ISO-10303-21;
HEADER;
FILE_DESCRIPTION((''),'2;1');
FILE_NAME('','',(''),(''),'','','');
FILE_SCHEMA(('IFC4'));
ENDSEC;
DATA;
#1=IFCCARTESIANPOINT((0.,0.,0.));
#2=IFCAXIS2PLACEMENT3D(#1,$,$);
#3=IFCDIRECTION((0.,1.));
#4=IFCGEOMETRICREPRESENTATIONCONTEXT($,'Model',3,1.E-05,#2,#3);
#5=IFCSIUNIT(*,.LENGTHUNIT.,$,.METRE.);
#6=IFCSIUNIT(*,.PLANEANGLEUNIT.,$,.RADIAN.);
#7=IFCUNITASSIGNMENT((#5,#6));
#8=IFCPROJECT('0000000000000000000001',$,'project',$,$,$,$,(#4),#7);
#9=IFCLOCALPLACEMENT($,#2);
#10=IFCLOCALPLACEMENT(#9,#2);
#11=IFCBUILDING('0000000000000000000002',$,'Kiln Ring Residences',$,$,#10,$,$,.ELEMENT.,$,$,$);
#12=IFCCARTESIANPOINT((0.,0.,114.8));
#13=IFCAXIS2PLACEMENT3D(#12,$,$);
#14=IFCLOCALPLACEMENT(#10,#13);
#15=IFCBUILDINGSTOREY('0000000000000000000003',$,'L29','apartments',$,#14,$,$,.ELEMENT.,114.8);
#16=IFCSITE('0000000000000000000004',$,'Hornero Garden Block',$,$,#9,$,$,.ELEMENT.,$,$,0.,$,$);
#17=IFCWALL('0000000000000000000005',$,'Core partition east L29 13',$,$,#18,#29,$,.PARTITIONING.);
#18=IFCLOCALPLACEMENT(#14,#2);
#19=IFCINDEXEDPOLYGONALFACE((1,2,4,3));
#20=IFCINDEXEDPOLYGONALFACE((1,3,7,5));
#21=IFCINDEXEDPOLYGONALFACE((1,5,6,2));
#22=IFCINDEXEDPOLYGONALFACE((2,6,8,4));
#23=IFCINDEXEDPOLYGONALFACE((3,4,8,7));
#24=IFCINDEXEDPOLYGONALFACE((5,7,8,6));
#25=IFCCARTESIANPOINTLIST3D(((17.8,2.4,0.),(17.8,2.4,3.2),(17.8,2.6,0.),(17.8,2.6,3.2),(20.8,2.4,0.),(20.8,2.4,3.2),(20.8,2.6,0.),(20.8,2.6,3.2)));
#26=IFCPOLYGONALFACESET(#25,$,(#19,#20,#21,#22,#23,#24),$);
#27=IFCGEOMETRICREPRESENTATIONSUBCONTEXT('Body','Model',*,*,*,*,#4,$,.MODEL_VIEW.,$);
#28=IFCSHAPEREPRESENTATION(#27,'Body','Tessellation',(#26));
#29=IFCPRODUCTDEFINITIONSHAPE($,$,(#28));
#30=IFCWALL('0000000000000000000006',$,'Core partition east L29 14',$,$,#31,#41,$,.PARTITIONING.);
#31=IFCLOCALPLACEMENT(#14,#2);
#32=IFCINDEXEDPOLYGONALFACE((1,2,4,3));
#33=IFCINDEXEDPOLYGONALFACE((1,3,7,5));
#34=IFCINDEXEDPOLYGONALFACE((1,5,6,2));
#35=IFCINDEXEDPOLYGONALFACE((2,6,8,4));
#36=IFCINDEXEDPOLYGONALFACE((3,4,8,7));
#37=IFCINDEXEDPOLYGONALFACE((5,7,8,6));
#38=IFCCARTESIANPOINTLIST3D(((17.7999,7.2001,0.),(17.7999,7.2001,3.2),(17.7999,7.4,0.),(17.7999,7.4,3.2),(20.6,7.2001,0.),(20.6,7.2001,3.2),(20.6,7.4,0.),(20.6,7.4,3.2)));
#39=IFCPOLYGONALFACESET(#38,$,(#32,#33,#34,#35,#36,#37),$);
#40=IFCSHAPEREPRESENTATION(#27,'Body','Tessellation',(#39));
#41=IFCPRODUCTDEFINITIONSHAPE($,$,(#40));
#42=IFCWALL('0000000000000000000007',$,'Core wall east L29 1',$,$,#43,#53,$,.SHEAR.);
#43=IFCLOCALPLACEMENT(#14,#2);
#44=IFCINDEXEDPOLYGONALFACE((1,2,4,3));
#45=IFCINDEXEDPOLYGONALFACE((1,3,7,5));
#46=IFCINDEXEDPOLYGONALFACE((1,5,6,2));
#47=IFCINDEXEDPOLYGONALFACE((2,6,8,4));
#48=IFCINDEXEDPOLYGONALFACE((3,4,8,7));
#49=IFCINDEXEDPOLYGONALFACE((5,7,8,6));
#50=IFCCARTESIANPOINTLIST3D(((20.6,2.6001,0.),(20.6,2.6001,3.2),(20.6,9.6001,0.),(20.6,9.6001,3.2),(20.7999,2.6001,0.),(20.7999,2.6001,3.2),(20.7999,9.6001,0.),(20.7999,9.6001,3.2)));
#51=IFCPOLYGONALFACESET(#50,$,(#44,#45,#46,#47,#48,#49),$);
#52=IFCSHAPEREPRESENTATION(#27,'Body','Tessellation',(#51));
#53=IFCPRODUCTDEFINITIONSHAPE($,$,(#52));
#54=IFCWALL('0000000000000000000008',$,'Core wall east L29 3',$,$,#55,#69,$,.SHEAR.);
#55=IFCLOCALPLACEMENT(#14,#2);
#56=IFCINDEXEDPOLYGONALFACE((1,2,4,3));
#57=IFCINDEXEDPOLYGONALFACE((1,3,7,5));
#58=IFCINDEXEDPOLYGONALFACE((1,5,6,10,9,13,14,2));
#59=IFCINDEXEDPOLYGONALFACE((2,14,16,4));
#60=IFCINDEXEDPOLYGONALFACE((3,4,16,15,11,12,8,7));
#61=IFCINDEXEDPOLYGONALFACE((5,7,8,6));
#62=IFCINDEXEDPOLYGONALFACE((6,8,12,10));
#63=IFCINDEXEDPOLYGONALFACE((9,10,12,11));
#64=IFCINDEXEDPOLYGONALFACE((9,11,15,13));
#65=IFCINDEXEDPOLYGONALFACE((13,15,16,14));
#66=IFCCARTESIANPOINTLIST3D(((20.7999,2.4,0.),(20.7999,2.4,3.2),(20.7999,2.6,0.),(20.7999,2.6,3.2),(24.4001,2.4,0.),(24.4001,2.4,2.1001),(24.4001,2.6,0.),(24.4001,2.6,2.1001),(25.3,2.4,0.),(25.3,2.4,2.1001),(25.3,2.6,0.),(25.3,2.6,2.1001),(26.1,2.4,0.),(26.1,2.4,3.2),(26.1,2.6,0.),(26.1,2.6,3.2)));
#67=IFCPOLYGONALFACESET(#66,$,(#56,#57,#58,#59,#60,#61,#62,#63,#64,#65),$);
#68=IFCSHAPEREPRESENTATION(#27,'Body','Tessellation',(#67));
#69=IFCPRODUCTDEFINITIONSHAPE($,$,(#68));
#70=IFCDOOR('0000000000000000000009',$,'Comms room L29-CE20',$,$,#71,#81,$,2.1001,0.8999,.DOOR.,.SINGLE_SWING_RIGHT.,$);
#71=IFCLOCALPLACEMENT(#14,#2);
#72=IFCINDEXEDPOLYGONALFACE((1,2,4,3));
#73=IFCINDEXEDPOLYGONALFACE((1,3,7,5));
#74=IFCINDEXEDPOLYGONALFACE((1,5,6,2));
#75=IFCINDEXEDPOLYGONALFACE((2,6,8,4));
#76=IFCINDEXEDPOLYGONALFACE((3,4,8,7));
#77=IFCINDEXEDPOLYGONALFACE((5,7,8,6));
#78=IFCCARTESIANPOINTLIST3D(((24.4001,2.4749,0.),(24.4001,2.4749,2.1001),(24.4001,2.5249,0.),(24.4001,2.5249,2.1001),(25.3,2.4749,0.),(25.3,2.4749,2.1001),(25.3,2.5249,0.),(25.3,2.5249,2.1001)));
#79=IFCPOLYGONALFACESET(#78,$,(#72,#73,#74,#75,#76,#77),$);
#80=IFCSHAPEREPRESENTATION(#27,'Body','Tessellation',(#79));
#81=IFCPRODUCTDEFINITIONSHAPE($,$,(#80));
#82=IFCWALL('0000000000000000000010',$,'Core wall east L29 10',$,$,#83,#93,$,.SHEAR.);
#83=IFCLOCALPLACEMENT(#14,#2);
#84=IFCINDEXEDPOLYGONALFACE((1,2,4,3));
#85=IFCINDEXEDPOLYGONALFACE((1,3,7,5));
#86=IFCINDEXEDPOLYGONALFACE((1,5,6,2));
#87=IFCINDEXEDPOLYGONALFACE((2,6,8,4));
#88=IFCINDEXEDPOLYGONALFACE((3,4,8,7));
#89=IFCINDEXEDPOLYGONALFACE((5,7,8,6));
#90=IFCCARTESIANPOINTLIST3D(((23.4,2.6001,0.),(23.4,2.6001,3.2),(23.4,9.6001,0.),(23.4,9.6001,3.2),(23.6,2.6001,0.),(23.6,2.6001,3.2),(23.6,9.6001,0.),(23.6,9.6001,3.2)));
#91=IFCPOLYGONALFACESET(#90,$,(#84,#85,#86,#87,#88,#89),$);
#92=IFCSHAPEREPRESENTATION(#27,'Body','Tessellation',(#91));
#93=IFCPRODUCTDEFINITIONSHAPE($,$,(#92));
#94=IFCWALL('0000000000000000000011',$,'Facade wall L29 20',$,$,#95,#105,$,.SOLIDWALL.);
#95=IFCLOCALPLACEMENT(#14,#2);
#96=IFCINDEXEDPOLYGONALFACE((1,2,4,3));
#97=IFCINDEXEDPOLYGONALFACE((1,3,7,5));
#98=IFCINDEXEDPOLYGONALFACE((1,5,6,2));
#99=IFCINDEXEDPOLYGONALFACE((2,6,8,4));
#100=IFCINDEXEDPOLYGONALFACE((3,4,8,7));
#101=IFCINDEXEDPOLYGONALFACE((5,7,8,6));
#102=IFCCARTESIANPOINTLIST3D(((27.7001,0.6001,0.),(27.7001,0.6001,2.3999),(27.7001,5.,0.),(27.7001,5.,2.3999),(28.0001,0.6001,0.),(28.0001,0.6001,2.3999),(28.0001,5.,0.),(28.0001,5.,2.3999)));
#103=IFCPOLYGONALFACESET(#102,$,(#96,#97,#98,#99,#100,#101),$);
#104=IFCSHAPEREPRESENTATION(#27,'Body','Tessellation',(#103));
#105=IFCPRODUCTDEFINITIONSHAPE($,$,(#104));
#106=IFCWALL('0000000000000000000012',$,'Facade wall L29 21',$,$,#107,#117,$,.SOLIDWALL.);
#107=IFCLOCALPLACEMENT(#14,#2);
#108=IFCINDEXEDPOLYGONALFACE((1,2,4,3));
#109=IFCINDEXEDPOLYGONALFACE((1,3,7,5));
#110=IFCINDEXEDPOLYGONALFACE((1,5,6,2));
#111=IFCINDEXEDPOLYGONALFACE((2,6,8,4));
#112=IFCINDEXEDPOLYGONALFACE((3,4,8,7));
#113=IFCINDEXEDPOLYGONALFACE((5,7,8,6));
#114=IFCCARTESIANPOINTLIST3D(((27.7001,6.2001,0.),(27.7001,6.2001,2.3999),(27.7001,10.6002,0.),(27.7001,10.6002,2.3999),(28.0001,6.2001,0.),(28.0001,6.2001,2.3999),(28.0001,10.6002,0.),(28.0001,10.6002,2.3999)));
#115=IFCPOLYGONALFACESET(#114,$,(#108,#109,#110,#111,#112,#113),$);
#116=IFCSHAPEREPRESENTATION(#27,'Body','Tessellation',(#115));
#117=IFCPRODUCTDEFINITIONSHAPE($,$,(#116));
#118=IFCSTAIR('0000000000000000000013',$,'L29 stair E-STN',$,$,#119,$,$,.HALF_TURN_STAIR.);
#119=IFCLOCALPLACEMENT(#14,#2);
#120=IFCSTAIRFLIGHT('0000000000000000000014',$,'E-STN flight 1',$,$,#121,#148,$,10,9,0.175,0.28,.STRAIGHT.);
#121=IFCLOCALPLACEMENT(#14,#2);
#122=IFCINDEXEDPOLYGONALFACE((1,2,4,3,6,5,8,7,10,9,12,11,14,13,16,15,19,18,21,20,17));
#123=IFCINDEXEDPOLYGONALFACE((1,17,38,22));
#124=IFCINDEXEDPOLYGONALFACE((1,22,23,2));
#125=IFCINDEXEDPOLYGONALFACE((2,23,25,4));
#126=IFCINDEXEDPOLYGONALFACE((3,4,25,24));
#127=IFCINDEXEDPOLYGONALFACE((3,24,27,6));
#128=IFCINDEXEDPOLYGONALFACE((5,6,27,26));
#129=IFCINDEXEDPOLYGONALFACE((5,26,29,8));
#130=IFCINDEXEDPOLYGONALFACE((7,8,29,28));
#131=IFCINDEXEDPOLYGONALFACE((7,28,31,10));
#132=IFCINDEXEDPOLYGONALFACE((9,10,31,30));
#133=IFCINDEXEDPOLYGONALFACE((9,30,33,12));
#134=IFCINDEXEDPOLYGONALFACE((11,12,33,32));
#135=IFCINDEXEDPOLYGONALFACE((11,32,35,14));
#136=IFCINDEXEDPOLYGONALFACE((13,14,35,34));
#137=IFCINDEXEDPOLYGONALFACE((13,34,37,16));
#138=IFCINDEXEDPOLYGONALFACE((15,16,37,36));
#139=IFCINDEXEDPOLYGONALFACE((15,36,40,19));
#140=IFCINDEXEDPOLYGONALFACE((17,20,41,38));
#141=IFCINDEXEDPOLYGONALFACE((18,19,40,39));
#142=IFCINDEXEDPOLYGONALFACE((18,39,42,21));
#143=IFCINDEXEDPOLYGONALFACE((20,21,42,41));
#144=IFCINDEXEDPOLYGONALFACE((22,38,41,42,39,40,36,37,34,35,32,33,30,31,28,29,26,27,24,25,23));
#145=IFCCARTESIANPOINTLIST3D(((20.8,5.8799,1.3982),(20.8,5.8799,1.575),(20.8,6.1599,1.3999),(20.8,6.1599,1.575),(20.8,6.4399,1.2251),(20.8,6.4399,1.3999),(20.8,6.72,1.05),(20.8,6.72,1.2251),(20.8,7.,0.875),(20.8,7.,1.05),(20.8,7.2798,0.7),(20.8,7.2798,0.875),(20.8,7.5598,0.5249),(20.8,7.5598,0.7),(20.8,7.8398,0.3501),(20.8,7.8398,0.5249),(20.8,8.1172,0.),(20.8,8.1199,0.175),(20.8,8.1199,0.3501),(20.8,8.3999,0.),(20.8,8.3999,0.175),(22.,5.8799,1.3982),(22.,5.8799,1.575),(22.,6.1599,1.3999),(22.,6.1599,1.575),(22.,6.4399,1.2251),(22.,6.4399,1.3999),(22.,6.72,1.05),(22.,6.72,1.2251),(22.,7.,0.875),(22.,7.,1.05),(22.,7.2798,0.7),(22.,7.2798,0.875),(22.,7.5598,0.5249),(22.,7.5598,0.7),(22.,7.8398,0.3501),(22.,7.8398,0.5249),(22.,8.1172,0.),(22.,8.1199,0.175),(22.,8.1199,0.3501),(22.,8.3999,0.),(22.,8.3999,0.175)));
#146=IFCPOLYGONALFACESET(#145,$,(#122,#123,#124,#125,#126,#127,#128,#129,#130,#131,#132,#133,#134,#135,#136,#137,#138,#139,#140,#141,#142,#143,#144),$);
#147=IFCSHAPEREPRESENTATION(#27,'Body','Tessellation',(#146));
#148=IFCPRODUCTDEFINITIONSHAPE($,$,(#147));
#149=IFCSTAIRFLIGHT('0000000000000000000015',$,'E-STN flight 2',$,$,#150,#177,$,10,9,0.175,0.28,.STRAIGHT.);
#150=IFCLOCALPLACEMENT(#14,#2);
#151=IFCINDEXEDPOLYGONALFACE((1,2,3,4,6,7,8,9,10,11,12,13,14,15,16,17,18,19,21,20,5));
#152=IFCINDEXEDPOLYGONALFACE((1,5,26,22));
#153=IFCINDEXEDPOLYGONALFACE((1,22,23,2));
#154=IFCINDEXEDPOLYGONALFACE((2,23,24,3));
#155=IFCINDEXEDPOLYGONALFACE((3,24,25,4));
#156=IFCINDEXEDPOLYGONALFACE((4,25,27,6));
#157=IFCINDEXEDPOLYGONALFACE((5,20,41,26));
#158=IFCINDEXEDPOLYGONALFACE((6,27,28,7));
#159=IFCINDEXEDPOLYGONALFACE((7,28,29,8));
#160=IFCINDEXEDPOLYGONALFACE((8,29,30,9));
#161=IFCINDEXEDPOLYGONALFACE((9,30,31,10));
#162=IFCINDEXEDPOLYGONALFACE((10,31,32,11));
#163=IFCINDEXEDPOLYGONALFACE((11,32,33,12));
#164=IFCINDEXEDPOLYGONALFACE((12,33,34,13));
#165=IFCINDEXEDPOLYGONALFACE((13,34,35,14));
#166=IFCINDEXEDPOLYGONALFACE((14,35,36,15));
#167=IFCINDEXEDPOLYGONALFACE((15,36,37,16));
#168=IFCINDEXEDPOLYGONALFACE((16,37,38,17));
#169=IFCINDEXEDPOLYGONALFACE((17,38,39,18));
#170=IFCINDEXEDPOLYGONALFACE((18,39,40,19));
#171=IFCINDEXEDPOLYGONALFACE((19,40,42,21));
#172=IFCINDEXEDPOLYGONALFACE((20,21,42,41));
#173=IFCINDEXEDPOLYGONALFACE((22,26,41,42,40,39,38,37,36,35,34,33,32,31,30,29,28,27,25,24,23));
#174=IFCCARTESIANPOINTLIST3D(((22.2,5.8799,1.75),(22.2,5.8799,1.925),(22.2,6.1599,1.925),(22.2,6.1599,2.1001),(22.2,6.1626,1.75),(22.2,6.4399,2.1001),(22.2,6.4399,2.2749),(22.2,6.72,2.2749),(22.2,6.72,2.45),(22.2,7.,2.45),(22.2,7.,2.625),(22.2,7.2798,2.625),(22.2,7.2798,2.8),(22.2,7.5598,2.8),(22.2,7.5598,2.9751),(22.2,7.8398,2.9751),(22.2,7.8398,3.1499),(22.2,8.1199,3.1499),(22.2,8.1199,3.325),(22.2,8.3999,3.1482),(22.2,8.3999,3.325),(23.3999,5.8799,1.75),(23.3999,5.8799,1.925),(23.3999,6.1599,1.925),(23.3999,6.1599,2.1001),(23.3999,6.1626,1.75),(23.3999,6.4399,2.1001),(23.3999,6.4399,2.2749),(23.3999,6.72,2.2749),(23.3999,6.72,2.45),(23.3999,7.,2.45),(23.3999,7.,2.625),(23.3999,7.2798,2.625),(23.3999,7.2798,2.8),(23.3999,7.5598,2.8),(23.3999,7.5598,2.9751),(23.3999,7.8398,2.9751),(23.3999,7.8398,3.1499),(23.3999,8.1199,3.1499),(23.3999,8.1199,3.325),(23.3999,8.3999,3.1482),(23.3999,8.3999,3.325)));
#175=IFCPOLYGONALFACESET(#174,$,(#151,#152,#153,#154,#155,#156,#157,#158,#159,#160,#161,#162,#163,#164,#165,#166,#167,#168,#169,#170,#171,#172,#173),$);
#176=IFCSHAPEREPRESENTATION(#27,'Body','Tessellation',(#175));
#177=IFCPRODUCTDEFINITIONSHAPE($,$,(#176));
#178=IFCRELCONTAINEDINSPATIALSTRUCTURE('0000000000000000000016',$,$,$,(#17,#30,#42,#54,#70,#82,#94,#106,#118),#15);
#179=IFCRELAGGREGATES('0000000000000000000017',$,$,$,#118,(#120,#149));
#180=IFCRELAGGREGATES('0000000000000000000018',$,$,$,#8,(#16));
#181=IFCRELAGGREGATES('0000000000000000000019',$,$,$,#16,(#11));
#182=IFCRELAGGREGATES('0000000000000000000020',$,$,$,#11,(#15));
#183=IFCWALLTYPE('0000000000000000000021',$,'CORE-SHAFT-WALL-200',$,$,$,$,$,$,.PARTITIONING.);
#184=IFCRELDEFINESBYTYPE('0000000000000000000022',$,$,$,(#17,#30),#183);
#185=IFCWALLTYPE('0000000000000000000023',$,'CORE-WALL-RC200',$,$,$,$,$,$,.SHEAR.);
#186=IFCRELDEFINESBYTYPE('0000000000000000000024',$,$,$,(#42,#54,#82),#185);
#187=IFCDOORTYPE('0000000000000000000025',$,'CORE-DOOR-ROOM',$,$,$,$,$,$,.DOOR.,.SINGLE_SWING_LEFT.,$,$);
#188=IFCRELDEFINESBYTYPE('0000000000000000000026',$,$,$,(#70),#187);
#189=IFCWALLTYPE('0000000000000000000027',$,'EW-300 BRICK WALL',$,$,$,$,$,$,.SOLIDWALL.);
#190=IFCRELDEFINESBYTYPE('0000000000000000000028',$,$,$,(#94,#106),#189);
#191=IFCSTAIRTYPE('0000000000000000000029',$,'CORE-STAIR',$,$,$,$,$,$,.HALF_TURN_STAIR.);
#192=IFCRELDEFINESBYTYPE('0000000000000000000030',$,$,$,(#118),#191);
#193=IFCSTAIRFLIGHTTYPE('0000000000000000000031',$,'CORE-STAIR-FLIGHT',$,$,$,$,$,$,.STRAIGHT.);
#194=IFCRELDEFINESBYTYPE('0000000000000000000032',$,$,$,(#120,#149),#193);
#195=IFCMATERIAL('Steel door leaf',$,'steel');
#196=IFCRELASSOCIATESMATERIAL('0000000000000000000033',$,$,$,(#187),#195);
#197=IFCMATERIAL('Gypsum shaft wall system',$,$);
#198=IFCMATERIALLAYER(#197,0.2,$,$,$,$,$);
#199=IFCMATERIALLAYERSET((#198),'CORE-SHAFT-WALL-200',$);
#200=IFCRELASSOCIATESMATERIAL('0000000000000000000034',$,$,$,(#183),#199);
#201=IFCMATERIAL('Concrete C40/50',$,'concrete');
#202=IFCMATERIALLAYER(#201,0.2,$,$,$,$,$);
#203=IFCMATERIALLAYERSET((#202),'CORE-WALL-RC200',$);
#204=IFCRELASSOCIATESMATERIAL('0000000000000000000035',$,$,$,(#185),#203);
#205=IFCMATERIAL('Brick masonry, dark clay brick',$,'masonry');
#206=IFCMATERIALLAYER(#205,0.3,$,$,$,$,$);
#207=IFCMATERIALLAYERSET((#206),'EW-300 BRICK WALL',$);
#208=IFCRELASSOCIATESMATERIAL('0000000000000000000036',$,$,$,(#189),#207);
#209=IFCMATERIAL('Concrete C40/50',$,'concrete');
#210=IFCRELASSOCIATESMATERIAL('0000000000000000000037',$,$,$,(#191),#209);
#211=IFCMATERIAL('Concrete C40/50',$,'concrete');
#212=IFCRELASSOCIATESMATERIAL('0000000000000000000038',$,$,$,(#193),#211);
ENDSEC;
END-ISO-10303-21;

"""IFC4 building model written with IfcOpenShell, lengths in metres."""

from ifc_helpers import new_model, si_unit, direction, frame, frame_2d, origin, place, context, subcontext, project, spatial, polyline, rectangle, outline, extrude, material, layer, layer_set, type_object, element, fill, aggregate, save


model = new_model("IFC4")

# Units and contexts
model_context = context("Model", 3, precision=1e-05, world=origin(), true_north=direction((0.0, 1.0)))
body_context = subcontext(model_context, "Body", "Model", "MODEL_VIEW")
ifc_project = project(units=[si_unit("LENGTHUNIT", "METRE"), si_unit("PLANEANGLEUNIT", "RADIAN")], contexts=[model_context])

# Site, building, storey
site_placement = place(None, origin())
site = spatial("IfcSite", under=ifc_project, at=site_placement, Name="Hornero Garden Block", CompositionType="ELEMENT", RefElevation=0.0)
building_placement = place(site_placement, origin())
building = spatial("IfcBuilding", under=site, at=building_placement, Name="Kiln Ring Residences", CompositionType="ELEMENT")
storey_placement = place(building_placement, frame((0.0, 0.0, 114.8)))
storey = spatial("IfcBuildingStorey", under=building, at=storey_placement, Name="L29", Description="apartments", CompositionType="ELEMENT", Elevation=114.8)

# Shared definitions
ifc_material_1 = material(Name="Steel door leaf", Category="steel")
door_type = type_object("IfcDoorType", Name="CORE-DOOR-ROOM", OperationType="SINGLE_SWING_LEFT", PredefinedType="DOOR", material=ifc_material_1)

# Walls
ifc_material_2 = material(Name="Gypsum shaft wall system")
ifc_layer_1 = layer(ifc_material_2, 0.2)
ifc_layer_set_1 = layer_set([ifc_layer_1], Name="CORE-SHAFT-WALL-200")
wall_type_1 = type_object("IfcWallType", Name="CORE-SHAFT-WALL-200", PredefinedType="PARTITIONING", material=ifc_layer_set_1)
wall_1_placement = place(storey_placement, frame((17.8, 2.5, 0.0), z_axis=(0.0, 0.0, 1.0), x_axis=(1.0, 0.0, 0.0)))
element("IfcWall", 1, at=wall_1_placement, inside=storey, type_object=wall_type_1, Name="Core partition east L29 13", PredefinedType="PARTITIONING", context=body_context, shape_type="SweptSolid", body=[
    extrude(rectangle(XDim=3.0, YDim=0.2, at=frame_2d((1.5, 0.0))), origin(), (0.0, 0.0, 1.0), 3.2),
])
wall_2_placement = place(storey_placement, frame((17.8, 7.3, 0.0), z_axis=(0.0, 0.0, 1.0), x_axis=(1.0, 0.0, 0.0)))
element("IfcWall", 2, at=wall_2_placement, inside=storey, type_object=wall_type_1, Name="Core partition east L29 14", PredefinedType="PARTITIONING", context=body_context, shape_type="SweptSolid", body=[
    extrude(rectangle(XDim=2.8, YDim=0.2, at=frame_2d((1.3999, 0.0))), origin(), (0.0, 0.0, 1.0), 3.2),
])
ifc_material_3 = material(Name="Concrete C40/50", Category="concrete")
ifc_layer_2 = layer(ifc_material_3, 0.2)
ifc_layer_set_2 = layer_set([ifc_layer_2], Name="CORE-WALL-RC200")
wall_type_2 = type_object("IfcWallType", Name="CORE-WALL-RC200", PredefinedType="SHEAR", material=ifc_layer_set_2)
wall_3_placement = place(storey_placement, frame((20.7, 2.6001, 0.0), z_axis=(0.0, 0.0, 1.0), x_axis=(0.0, 1.0, 0.0)))
element("IfcWall", 3, at=wall_3_placement, inside=storey, type_object=wall_type_2, Name="Core wall east L29 1", PredefinedType="SHEAR", context=body_context, shape_type="SweptSolid", body=[
    extrude(rectangle(XDim=7.0, YDim=0.2, at=frame_2d((3.5, 0.0))), origin(), (0.0, 0.0, 1.0), 3.2),
])

# Wall, opening, door
wall_4_placement = place(storey_placement, frame((20.8, 2.5, 0.0), z_axis=(0.0, 0.0, 1.0), x_axis=(1.0, 0.0, 0.0)))
wall_4 = element("IfcWall", 4, at=wall_4_placement, inside=storey, type_object=wall_type_2, Name="Core wall east L29 3", PredefinedType="SHEAR", context=body_context, shape_type="SweptSolid", body=[
    extrude(rectangle(XDim=5.3, YDim=0.2, at=frame_2d((2.6499, 0.0))), origin(), (0.0, 0.0, 1.0), 3.2),
])
opening_1_placement = place(wall_4_placement, frame((3.6001, 0.0, 0.0)))
opening_1 = element("IfcOpeningElement", 5, at=opening_1_placement, cuts=wall_4, PredefinedType="OPENING", context=body_context, shape_type="SweptSolid", body=[
    extrude(rectangle(XDim=0.8999, YDim=2.1001, at=frame_2d((0.45, 1.05))), frame((0.0, 0.1099, 0.0), z_axis=(0.0, -1.0, 0.0), x_axis=(1.0, 0.0, 0.0)), (0.0, 0.0, 1.0), 0.22),
])
door_1_placement = place(opening_1_placement, origin())
door_1 = element("IfcDoor", 6, at=door_1_placement, inside=storey, type_object=door_type, Name="Comms room L29-CE20", OperationType="SINGLE_SWING_RIGHT", OverallHeight=2.1001, OverallWidth=0.8999, PredefinedType="DOOR", context=body_context, shape_type="SweptSolid", body=[
    extrude(rectangle(XDim=0.8999, YDim=2.1001, at=frame_2d((0.45, 1.05))), frame((0.0, 0.0249, 0.0), z_axis=(0.0, -1.0, 0.0), x_axis=(1.0, 0.0, 0.0)), (0.0, 0.0, 1.0), 0.05),
])
fill(opening_1, door_1)

# Walls
wall_5_placement = place(storey_placement, frame((23.5, 2.6001, 0.0), z_axis=(0.0, 0.0, 1.0), x_axis=(0.0, 1.0, 0.0)))
element("IfcWall", 7, at=wall_5_placement, inside=storey, type_object=wall_type_2, Name="Core wall east L29 10", PredefinedType="SHEAR", context=body_context, shape_type="SweptSolid", body=[
    extrude(rectangle(XDim=7.0, YDim=0.2, at=frame_2d((3.5, 0.0))), origin(), (0.0, 0.0, 1.0), 3.2),
])
ifc_material_4 = material(Name="Brick masonry, dark clay brick", Category="masonry")
ifc_layer_3 = layer(ifc_material_4, 0.3)
ifc_layer_set_3 = layer_set([ifc_layer_3], Name="EW-300 BRICK WALL")
wall_type_3 = type_object("IfcWallType", Name="EW-300 BRICK WALL", PredefinedType="SOLIDWALL", material=ifc_layer_set_3)
wall_6_placement = place(storey_placement, frame((27.8501, 0.6001, 0.0), z_axis=(0.0, 0.0, 1.0), x_axis=(0.0, 1.0, 0.0)))
element("IfcWall", 8, at=wall_6_placement, inside=storey, type_object=wall_type_3, Name="Facade wall L29 20", PredefinedType="SOLIDWALL", context=body_context, shape_type="SweptSolid", body=[
    extrude(rectangle(XDim=4.3999, YDim=0.3, at=frame_2d((2.2, 0.0))), origin(), (0.0, 0.0, 1.0), 2.3999),
])
wall_7_placement = place(storey_placement, frame((27.8501, 6.2, 0.0), z_axis=(0.0, 0.0, 1.0), x_axis=(0.0, 1.0, 0.0)))
element("IfcWall", 9, at=wall_7_placement, inside=storey, type_object=wall_type_3, Name="Facade wall L29 21", PredefinedType="SOLIDWALL", context=body_context, shape_type="SweptSolid", body=[
    extrude(rectangle(XDim=4.4001, YDim=0.3, at=frame_2d((2.2002, 0.0))), origin(), (0.0, 0.0, 1.0), 2.3999),
])

# Stair, stair flights
ifc_material_5 = material(Name="Concrete C40/50", Category="concrete")
stair_type = type_object("IfcStairType", Name="CORE-STAIR", PredefinedType="HALF_TURN_STAIR", material=ifc_material_5)
stair_placement = place(storey_placement, origin())
stair = element("IfcStair", 10, at=stair_placement, inside=storey, type_object=stair_type, Name="L29 stair E-STN", PredefinedType="HALF_TURN_STAIR")
ifc_material_6 = material(Name="Concrete C40/50", Category="concrete")
stair_flight_type = type_object("IfcStairFlightType", Name="CORE-STAIR-FLIGHT", PredefinedType="STRAIGHT", material=ifc_material_6)
stair_flight_1_placement = place(storey_placement, frame((21.3999, 8.3999, 0.0), z_axis=(0.0, 0.0, 1.0), x_axis=(0.0, -1.0, 0.0)))
stair_flight_1 = element("IfcStairFlight", 11, at=stair_flight_1_placement, type_object=stair_flight_type, Name="E-STN flight 1", NumberOfRisers=10, NumberOfTreads=9, PredefinedType="STRAIGHT", RiserHeight=0.175, TreadLength=0.28, context=body_context, shape_type="SweptSolid", body=[
    extrude(outline(polyline([(0.0, 0.0), (0.0, 0.175), (0.28, 0.175), (0.28, 0.3501), (0.5601, 0.3501), (0.5601, 0.5249), (0.8401, 0.5249), (0.8401, 0.7), (1.1201, 0.7), (1.1201, 0.875), (1.3999, 0.875), (1.3999, 1.05), (1.6799, 1.05), (1.6799, 1.2251), (1.96, 1.2251), (1.96, 1.3999), (2.24, 1.3999), (2.24, 1.575), (2.52, 1.575), (2.52, 1.75), (2.52, 1.3982), (0.2827, 0.0), (0.0, 0.0)])), frame((0.0, 0.6001, 0.0), z_axis=(0.0, -1.0, 0.0), x_axis=(1.0, 0.0, 0.0)), (0.0, 0.0, 1.0), 1.2),
])
stair_flight_2_placement = place(storey_placement, frame((22.8, 5.8799, 1.75), z_axis=(0.0, 0.0, 1.0), x_axis=(0.0, 1.0, 0.0)))
stair_flight_2 = element("IfcStairFlight", 12, at=stair_flight_2_placement, type_object=stair_flight_type, Name="E-STN flight 2", NumberOfRisers=10, NumberOfTreads=9, PredefinedType="STRAIGHT", RiserHeight=0.175, TreadLength=0.28, context=body_context, shape_type="SweptSolid", body=[
    extrude(outline(polyline([(0.0, 0.0), (0.0, 0.175), (0.28, 0.175), (0.28, 0.3501), (0.5601, 0.3501), (0.5601, 0.5249), (0.8401, 0.5249), (0.8401, 0.7), (1.1201, 0.7), (1.1201, 0.875), (1.3999, 0.875), (1.3999, 1.05), (1.6799, 1.05), (1.6799, 1.2251), (1.96, 1.2251), (1.96, 1.3999), (2.24, 1.3999), (2.24, 1.575), (2.52, 1.575), (2.52, 1.75), (2.52, 1.3982), (0.2827, 0.0), (0.0, 0.0)])), frame((0.0, 0.6001, 0.0), z_axis=(0.0, -1.0, 0.0), x_axis=(1.0, 0.0, 0.0)), (0.0, 0.0, 1.0), 1.2),
])
aggregate(stair, [stair_flight_1, stair_flight_2])

save(model, "model.ifc")
